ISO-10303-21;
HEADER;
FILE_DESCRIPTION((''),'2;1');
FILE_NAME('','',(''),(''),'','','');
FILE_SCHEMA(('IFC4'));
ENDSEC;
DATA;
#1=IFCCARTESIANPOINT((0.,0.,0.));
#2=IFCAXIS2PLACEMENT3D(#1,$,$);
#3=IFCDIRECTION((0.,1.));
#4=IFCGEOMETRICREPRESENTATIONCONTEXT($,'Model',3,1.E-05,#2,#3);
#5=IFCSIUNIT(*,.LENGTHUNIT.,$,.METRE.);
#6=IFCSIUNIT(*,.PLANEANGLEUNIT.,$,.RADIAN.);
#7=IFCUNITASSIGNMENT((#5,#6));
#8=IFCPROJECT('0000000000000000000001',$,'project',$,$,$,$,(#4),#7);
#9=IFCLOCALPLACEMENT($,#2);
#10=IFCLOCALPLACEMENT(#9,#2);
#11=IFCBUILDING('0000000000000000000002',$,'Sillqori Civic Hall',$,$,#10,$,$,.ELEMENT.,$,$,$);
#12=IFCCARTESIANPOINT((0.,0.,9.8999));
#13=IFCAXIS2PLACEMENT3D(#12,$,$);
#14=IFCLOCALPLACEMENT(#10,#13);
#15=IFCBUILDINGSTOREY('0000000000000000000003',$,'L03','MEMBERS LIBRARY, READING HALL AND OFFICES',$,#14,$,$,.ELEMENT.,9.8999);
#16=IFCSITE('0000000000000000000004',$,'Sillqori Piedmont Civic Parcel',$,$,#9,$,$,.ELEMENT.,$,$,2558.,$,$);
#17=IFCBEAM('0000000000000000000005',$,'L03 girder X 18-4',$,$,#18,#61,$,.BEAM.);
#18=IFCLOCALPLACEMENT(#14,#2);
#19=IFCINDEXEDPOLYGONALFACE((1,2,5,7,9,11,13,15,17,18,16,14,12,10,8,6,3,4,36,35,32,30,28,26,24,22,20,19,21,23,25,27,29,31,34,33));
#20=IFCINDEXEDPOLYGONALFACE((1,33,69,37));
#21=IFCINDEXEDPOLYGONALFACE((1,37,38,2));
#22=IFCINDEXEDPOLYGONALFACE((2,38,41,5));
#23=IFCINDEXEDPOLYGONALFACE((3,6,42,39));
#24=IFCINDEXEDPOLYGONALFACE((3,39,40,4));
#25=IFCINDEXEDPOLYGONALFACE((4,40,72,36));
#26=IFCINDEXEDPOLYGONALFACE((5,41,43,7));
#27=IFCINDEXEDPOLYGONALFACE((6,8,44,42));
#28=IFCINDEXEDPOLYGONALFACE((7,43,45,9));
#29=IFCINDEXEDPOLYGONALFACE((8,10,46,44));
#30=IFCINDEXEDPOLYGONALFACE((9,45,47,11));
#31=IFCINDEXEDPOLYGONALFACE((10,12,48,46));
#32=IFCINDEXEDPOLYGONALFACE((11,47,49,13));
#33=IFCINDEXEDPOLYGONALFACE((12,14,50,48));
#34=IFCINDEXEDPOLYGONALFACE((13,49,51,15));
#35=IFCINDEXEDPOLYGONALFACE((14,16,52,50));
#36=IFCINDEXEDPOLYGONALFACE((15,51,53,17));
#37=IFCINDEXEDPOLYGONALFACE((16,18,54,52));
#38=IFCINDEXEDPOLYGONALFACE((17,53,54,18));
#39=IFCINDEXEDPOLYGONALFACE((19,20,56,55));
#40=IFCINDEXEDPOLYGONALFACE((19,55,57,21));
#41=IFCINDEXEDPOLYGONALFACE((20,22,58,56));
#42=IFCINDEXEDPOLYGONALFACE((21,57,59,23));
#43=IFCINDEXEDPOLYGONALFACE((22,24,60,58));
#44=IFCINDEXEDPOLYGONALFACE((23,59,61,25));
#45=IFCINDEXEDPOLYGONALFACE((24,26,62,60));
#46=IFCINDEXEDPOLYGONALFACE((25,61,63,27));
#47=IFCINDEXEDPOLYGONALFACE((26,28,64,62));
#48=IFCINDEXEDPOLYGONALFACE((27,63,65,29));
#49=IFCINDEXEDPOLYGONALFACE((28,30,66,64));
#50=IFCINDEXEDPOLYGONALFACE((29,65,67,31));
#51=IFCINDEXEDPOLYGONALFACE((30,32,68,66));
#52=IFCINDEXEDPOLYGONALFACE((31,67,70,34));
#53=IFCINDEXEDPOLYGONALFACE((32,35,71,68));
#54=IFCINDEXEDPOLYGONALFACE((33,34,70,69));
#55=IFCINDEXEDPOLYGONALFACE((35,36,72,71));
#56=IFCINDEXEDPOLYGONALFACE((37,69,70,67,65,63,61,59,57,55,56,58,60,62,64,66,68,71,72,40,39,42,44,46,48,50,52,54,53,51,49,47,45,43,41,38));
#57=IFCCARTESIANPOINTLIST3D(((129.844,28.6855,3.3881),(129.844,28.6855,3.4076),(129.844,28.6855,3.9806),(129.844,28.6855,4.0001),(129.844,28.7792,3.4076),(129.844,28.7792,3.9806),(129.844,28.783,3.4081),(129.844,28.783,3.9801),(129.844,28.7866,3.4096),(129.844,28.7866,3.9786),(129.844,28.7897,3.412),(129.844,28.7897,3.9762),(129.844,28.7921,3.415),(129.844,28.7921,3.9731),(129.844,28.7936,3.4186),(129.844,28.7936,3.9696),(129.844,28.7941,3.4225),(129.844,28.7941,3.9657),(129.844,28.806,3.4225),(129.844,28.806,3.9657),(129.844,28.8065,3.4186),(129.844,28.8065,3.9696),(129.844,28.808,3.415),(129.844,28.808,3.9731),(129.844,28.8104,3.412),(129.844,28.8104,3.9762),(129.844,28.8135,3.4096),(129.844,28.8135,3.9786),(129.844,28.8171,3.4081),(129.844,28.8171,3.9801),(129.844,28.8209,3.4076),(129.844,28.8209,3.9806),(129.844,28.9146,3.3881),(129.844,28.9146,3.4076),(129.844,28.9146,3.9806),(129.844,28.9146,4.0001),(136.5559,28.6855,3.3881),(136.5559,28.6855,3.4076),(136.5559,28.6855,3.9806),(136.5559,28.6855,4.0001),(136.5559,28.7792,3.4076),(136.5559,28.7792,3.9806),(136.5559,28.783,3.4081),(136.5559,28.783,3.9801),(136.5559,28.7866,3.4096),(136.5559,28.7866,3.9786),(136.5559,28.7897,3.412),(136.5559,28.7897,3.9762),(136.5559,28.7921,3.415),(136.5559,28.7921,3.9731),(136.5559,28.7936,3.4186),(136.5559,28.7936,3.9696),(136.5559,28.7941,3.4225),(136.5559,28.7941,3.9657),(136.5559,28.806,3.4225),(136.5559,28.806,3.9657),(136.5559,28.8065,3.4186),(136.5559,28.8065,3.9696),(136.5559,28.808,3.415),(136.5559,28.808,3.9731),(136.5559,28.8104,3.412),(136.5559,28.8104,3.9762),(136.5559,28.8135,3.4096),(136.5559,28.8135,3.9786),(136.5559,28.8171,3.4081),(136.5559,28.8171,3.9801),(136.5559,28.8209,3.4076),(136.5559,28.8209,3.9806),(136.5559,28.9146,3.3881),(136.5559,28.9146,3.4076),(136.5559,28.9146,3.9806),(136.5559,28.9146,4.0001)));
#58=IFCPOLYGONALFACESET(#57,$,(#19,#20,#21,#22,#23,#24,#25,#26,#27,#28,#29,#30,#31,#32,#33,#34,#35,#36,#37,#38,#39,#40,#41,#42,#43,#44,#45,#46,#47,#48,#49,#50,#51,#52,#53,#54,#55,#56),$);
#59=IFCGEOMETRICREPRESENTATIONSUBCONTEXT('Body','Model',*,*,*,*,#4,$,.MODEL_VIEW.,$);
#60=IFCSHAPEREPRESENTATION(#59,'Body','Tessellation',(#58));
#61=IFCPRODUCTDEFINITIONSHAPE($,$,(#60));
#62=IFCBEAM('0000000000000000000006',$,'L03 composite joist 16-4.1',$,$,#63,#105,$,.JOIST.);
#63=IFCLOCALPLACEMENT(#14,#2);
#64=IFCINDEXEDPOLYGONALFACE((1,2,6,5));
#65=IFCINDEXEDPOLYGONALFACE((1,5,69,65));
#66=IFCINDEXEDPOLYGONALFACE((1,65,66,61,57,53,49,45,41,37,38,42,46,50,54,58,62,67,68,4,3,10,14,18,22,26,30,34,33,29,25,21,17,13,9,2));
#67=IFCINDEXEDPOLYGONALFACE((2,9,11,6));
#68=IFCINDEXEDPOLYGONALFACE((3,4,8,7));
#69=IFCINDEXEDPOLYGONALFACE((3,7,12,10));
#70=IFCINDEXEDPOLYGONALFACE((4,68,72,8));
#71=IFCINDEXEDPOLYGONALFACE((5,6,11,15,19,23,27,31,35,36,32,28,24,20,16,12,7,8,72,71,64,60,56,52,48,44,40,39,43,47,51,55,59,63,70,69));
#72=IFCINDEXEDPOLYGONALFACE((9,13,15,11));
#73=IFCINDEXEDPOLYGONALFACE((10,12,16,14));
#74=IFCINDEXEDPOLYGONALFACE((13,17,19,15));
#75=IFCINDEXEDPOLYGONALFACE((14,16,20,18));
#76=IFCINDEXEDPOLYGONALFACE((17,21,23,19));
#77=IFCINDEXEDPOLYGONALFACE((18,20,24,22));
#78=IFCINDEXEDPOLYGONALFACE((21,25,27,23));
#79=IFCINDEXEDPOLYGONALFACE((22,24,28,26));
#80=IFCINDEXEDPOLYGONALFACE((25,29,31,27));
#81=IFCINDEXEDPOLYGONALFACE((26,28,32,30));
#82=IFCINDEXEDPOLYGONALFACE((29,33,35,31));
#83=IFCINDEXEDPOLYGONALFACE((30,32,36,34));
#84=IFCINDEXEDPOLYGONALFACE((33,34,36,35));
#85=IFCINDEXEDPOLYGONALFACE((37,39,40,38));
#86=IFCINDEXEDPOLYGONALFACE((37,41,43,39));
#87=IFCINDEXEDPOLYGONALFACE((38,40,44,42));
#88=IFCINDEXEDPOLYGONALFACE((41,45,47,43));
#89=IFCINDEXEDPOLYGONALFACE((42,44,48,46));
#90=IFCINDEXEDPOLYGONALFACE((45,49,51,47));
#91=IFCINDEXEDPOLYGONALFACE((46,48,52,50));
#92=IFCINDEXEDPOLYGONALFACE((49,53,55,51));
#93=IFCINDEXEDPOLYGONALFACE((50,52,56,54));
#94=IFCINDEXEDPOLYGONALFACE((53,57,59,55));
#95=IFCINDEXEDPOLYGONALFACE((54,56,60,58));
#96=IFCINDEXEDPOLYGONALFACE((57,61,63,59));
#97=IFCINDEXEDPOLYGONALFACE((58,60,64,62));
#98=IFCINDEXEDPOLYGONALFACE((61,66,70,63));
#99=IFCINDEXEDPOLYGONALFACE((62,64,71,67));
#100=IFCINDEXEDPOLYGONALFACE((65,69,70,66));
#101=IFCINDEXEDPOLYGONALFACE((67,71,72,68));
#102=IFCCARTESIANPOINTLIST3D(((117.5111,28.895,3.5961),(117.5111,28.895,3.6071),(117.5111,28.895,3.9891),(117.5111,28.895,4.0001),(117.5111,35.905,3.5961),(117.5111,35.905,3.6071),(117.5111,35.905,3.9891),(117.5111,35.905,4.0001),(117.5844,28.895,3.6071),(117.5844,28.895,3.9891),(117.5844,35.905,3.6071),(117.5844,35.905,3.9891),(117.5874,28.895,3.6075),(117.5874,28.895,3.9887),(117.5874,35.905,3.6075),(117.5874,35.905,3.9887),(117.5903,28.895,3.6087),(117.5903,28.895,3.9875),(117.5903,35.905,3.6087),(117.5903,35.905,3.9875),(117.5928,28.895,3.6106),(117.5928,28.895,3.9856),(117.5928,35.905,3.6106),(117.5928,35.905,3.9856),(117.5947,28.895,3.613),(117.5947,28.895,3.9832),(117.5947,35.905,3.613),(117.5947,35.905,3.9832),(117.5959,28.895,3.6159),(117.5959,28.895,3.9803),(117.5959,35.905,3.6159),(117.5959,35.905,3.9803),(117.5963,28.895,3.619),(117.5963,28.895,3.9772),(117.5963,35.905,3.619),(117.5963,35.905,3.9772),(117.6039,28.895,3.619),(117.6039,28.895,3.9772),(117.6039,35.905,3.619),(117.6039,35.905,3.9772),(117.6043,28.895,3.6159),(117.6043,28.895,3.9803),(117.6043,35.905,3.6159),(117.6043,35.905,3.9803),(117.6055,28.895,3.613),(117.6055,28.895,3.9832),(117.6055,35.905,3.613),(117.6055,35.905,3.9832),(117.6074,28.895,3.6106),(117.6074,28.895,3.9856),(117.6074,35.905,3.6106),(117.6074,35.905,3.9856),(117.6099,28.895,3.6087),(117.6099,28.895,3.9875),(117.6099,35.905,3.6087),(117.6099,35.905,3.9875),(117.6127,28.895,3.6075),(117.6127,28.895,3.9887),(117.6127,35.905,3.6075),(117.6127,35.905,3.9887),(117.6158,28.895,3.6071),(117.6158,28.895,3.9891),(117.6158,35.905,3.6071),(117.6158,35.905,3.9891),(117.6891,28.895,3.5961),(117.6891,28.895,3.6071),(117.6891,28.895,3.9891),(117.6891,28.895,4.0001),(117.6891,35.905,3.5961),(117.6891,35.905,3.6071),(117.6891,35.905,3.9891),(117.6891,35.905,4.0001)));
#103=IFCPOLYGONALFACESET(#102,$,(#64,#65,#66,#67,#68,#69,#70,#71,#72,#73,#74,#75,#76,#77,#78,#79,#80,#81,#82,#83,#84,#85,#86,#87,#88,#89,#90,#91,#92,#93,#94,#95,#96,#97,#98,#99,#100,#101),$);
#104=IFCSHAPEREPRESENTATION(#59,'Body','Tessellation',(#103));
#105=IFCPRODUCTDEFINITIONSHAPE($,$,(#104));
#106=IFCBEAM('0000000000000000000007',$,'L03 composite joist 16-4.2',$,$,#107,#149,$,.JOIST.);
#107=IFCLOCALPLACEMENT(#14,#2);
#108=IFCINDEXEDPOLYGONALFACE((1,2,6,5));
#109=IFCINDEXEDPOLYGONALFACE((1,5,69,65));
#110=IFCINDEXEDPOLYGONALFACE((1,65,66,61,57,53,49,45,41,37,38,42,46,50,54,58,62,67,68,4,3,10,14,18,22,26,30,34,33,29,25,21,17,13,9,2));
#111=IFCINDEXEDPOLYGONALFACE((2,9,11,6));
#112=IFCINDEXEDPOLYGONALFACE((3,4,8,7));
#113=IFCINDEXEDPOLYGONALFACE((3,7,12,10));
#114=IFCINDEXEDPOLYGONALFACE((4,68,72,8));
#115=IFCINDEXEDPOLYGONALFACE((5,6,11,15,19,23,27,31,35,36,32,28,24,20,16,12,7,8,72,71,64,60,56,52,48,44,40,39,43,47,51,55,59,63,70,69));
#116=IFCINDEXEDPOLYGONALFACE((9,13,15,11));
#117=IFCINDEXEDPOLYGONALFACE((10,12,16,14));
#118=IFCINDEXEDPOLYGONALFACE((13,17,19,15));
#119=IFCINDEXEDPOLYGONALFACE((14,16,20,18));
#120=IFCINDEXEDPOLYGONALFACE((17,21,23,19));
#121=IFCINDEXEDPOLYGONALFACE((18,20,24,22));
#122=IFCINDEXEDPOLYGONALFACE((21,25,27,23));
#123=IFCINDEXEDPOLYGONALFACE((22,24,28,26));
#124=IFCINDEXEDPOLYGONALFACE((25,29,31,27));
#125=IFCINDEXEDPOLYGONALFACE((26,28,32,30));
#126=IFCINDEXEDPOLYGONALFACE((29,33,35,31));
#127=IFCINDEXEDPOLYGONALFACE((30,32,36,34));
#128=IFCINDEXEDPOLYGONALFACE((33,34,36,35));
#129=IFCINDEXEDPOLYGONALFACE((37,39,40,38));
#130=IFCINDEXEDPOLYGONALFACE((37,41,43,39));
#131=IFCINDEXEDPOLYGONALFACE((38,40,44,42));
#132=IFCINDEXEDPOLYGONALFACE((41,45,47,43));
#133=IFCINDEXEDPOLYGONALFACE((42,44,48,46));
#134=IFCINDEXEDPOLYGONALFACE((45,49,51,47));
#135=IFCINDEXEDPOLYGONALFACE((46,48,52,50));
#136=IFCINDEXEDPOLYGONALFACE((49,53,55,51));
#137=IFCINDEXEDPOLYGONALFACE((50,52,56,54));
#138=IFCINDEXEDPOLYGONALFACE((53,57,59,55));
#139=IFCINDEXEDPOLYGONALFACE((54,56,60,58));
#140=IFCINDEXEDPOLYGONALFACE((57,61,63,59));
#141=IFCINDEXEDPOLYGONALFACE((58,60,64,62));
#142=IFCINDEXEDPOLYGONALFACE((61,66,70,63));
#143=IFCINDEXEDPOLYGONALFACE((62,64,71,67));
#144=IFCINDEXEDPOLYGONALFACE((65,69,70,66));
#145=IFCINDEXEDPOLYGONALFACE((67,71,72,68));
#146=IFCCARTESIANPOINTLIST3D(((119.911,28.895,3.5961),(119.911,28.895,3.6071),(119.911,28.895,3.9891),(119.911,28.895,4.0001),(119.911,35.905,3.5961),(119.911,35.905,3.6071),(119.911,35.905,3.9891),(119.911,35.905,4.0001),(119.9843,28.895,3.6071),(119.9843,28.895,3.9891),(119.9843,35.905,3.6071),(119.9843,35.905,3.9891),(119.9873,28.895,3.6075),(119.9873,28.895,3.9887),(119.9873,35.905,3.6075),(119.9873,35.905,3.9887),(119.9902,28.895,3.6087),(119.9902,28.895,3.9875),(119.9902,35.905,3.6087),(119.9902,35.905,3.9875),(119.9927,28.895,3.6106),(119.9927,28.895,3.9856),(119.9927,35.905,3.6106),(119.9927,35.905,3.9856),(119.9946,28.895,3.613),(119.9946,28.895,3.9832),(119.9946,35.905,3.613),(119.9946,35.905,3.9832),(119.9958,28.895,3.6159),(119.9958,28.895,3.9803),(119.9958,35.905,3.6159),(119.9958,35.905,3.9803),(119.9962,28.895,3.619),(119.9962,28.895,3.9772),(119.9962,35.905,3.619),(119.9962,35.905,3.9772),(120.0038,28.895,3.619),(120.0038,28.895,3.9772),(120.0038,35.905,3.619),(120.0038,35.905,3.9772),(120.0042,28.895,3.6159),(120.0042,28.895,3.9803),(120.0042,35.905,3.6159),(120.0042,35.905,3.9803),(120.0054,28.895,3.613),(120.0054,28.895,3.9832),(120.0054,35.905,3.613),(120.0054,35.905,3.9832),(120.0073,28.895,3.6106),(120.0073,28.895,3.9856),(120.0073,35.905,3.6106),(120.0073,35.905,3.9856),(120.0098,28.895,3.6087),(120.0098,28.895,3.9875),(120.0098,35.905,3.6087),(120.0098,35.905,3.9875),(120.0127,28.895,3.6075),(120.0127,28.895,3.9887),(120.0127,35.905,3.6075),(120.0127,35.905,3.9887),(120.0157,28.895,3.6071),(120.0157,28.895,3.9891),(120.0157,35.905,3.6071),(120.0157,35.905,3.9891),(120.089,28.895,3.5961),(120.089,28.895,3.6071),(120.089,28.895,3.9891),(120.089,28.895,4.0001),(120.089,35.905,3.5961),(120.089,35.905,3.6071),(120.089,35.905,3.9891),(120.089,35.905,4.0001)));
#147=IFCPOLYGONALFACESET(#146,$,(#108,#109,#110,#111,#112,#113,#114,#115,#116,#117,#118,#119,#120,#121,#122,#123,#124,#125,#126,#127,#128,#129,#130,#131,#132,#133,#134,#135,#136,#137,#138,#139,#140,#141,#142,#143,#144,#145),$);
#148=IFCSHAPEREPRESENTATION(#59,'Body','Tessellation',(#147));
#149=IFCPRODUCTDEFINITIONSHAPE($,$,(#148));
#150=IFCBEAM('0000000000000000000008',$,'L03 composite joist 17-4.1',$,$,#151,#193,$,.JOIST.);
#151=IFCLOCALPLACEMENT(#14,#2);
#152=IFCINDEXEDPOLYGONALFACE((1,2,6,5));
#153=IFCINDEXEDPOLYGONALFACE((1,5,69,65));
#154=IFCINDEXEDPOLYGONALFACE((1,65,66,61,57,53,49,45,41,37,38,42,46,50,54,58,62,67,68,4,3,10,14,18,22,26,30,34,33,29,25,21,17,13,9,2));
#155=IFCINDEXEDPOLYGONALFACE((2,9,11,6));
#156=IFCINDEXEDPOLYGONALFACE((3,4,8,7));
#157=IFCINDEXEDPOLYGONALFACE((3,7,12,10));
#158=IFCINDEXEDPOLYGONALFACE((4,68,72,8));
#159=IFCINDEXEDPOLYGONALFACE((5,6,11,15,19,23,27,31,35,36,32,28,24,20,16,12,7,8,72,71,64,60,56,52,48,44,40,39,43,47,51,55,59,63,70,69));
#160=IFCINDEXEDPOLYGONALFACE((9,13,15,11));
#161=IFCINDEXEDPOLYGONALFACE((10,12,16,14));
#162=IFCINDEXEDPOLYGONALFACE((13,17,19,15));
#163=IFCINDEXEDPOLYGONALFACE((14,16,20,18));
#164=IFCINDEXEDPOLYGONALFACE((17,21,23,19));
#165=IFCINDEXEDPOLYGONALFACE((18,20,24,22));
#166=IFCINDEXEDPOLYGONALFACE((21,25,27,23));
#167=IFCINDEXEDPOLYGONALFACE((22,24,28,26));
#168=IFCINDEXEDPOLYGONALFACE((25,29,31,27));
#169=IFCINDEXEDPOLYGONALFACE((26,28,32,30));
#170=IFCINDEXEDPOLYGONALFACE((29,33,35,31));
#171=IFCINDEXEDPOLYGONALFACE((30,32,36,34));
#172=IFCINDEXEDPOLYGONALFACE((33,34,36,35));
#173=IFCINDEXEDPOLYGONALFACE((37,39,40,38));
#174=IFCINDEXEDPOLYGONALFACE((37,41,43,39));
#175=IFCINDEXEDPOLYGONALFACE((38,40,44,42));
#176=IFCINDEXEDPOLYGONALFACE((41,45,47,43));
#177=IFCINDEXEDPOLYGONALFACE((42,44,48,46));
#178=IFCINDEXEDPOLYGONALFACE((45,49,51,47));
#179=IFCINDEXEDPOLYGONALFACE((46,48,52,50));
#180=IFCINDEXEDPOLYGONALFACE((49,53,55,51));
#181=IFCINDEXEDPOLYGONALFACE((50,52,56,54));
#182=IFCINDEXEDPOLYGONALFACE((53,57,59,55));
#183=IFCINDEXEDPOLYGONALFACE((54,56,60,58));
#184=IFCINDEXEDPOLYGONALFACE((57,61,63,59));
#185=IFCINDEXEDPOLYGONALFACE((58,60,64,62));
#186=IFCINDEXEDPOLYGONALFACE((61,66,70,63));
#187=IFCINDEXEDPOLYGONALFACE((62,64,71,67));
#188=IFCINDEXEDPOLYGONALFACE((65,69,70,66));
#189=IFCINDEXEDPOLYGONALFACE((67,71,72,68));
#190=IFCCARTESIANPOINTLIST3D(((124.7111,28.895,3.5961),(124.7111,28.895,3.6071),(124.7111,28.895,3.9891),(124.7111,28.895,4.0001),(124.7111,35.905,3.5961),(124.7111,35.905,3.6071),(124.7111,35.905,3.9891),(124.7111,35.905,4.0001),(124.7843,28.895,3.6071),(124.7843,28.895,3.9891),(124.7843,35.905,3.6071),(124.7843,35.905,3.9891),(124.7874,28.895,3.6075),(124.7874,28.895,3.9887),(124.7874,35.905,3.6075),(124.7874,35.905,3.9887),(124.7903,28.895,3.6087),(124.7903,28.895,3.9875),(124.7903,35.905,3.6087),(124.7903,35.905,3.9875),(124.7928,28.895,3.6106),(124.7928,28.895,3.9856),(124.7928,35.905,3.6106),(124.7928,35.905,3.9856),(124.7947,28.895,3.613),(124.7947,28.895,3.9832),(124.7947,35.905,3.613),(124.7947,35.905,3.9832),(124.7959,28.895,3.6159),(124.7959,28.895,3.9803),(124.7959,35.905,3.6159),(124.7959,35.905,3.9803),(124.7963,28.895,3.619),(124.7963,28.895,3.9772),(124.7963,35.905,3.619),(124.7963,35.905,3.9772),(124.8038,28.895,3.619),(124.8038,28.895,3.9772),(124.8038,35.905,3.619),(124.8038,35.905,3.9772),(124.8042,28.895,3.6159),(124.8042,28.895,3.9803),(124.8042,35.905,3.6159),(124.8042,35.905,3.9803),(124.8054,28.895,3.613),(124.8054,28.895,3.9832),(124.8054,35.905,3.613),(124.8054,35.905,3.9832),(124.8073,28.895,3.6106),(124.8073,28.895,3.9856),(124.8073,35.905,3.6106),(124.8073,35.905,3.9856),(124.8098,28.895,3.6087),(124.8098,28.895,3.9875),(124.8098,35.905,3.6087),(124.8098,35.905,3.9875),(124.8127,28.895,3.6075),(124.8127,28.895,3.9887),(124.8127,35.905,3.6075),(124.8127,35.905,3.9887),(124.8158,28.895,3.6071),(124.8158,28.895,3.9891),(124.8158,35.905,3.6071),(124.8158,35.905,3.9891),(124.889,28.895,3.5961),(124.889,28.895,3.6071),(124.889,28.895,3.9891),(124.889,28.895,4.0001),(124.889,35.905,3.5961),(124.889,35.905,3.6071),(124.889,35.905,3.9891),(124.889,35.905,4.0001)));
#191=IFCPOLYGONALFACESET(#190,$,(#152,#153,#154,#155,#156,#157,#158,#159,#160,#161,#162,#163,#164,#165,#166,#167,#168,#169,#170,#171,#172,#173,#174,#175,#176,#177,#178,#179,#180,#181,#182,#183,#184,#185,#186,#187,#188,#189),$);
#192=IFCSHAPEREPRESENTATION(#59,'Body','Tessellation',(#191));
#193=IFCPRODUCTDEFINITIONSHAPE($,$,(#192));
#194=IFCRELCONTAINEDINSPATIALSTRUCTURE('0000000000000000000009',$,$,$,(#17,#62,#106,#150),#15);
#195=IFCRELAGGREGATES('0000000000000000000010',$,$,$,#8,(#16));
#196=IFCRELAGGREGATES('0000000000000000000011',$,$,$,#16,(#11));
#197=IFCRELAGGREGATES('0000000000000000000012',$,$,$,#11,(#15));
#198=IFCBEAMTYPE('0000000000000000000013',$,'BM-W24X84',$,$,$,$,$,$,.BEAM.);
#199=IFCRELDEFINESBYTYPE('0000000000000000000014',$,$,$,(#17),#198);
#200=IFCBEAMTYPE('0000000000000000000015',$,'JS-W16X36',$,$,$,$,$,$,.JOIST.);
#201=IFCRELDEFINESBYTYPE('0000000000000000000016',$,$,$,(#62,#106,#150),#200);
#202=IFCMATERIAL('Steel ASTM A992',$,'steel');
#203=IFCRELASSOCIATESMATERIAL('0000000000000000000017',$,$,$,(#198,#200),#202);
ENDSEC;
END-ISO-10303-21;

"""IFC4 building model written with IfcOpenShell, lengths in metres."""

from ifc_helpers import new_model, si_unit, direction, frame, origin, origin_2d, place, context, subcontext, project, spatial, i_section, extrude, material, material_profile, profile_set, type_object, element, save


model = new_model("IFC4")

# Units and contexts
model_context = context("Model", 3, precision=1e-05, world=origin(), true_north=direction((0.0, 1.0)))
body_context = subcontext(model_context, "Body", "Model", "MODEL_VIEW")
ifc_project = project(units=[si_unit("LENGTHUNIT", "METRE"), si_unit("PLANEANGLEUNIT", "RADIAN")], contexts=[model_context])

# Site, building, storey
site_placement = place(None, origin())
site = spatial("IfcSite", under=ifc_project, at=site_placement, Name="Sillqori Piedmont Civic Parcel", CompositionType="ELEMENT", RefElevation=2558.0)
building_placement = place(site_placement, origin())
building = spatial("IfcBuilding", under=site, at=building_placement, Name="Sillqori Civic Hall", CompositionType="ELEMENT")
storey_placement = place(building_placement, frame((0.0, 0.0, 9.8999)))
storey = spatial("IfcBuildingStorey", under=building, at=storey_placement, Name="L03", Description="MEMBERS LIBRARY, READING HALL AND OFFICES", CompositionType="ELEMENT", Elevation=9.8999)

# Shared definitions
ifc_material_1 = material(Name="Steel ASTM A992", Category="steel")

# Beams
ifc_material_profile_1 = material_profile(ifc_material_1, i_section(OverallWidth=0.229, OverallDepth=0.6121, WebThickness=0.012, FlangeThickness=0.0195, FilletRadius=0.0149, at=origin_2d()), Name="W24X84")
ifc_profile_set_1 = profile_set([ifc_material_profile_1], Name="Steel ASTM A992")
beam_type_1 = type_object("IfcBeamType", Name="BM-W24X84", PredefinedType="BEAM", material=ifc_profile_set_1)
beam_1_placement = place(storey_placement, frame((129.844, 28.8, 3.6941), z_axis=(1.0, 0.0, 0.0), x_axis=(0.0, 1.0, 0.0)))
element("IfcBeam", 1, at=beam_1_placement, inside=storey, type_object=beam_type_1, Name="L03 girder X 18-4", PredefinedType="BEAM", context=body_context, shape_type="SweptSolid", body=[
    extrude(i_section(OverallWidth=0.229, OverallDepth=0.6121, WebThickness=0.012, FlangeThickness=0.0195, FilletRadius=0.0149, at=origin_2d()), origin(), (0.0, 0.0, 1.0), 6.7119),
])
ifc_material_profile_2 = material_profile(ifc_material_1, i_section(OverallWidth=0.178, OverallDepth=0.4041, WebThickness=0.0076, FlangeThickness=0.011, FilletRadius=0.012, at=origin_2d()), Name="W16X36")
ifc_profile_set_2 = profile_set([ifc_material_profile_2], Name="Steel ASTM A992")
beam_type_2 = type_object("IfcBeamType", Name="JS-W16X36", PredefinedType="JOIST", material=ifc_profile_set_2)
for number, where, z_axis, x_axis, name in (
    (2, (117.6001, 28.895, 3.7981), (0.0, 1.0, 0.0), (-1.0, 0.0, 0.0), "L03 composite joist 16-4.1"),
    (3, (120.0, 28.895, 3.7981), (0.0, 1.0, 0.0), (-1.0, 0.0, 0.0), "L03 composite joist 16-4.2"),
    (4, (124.8, 28.895, 3.7981), (0.0, 1.0, 0.0), (-1.0, 0.0, 0.0), "L03 composite joist 17-4.1"),
):
    element("IfcBeam", number, at=place(storey_placement, frame(where, z_axis=z_axis, x_axis=x_axis)), inside=storey, type_object=beam_type_2, Name=name, PredefinedType="JOIST", context=body_context, shape_type="SweptSolid", body=[
        extrude(i_section(OverallWidth=0.178, OverallDepth=0.4041, WebThickness=0.0076, FlangeThickness=0.011, FilletRadius=0.012, at=origin_2d()), origin(), (0.0, 0.0, 1.0), 7.01),
    ])

save(model, "model.ifc")
